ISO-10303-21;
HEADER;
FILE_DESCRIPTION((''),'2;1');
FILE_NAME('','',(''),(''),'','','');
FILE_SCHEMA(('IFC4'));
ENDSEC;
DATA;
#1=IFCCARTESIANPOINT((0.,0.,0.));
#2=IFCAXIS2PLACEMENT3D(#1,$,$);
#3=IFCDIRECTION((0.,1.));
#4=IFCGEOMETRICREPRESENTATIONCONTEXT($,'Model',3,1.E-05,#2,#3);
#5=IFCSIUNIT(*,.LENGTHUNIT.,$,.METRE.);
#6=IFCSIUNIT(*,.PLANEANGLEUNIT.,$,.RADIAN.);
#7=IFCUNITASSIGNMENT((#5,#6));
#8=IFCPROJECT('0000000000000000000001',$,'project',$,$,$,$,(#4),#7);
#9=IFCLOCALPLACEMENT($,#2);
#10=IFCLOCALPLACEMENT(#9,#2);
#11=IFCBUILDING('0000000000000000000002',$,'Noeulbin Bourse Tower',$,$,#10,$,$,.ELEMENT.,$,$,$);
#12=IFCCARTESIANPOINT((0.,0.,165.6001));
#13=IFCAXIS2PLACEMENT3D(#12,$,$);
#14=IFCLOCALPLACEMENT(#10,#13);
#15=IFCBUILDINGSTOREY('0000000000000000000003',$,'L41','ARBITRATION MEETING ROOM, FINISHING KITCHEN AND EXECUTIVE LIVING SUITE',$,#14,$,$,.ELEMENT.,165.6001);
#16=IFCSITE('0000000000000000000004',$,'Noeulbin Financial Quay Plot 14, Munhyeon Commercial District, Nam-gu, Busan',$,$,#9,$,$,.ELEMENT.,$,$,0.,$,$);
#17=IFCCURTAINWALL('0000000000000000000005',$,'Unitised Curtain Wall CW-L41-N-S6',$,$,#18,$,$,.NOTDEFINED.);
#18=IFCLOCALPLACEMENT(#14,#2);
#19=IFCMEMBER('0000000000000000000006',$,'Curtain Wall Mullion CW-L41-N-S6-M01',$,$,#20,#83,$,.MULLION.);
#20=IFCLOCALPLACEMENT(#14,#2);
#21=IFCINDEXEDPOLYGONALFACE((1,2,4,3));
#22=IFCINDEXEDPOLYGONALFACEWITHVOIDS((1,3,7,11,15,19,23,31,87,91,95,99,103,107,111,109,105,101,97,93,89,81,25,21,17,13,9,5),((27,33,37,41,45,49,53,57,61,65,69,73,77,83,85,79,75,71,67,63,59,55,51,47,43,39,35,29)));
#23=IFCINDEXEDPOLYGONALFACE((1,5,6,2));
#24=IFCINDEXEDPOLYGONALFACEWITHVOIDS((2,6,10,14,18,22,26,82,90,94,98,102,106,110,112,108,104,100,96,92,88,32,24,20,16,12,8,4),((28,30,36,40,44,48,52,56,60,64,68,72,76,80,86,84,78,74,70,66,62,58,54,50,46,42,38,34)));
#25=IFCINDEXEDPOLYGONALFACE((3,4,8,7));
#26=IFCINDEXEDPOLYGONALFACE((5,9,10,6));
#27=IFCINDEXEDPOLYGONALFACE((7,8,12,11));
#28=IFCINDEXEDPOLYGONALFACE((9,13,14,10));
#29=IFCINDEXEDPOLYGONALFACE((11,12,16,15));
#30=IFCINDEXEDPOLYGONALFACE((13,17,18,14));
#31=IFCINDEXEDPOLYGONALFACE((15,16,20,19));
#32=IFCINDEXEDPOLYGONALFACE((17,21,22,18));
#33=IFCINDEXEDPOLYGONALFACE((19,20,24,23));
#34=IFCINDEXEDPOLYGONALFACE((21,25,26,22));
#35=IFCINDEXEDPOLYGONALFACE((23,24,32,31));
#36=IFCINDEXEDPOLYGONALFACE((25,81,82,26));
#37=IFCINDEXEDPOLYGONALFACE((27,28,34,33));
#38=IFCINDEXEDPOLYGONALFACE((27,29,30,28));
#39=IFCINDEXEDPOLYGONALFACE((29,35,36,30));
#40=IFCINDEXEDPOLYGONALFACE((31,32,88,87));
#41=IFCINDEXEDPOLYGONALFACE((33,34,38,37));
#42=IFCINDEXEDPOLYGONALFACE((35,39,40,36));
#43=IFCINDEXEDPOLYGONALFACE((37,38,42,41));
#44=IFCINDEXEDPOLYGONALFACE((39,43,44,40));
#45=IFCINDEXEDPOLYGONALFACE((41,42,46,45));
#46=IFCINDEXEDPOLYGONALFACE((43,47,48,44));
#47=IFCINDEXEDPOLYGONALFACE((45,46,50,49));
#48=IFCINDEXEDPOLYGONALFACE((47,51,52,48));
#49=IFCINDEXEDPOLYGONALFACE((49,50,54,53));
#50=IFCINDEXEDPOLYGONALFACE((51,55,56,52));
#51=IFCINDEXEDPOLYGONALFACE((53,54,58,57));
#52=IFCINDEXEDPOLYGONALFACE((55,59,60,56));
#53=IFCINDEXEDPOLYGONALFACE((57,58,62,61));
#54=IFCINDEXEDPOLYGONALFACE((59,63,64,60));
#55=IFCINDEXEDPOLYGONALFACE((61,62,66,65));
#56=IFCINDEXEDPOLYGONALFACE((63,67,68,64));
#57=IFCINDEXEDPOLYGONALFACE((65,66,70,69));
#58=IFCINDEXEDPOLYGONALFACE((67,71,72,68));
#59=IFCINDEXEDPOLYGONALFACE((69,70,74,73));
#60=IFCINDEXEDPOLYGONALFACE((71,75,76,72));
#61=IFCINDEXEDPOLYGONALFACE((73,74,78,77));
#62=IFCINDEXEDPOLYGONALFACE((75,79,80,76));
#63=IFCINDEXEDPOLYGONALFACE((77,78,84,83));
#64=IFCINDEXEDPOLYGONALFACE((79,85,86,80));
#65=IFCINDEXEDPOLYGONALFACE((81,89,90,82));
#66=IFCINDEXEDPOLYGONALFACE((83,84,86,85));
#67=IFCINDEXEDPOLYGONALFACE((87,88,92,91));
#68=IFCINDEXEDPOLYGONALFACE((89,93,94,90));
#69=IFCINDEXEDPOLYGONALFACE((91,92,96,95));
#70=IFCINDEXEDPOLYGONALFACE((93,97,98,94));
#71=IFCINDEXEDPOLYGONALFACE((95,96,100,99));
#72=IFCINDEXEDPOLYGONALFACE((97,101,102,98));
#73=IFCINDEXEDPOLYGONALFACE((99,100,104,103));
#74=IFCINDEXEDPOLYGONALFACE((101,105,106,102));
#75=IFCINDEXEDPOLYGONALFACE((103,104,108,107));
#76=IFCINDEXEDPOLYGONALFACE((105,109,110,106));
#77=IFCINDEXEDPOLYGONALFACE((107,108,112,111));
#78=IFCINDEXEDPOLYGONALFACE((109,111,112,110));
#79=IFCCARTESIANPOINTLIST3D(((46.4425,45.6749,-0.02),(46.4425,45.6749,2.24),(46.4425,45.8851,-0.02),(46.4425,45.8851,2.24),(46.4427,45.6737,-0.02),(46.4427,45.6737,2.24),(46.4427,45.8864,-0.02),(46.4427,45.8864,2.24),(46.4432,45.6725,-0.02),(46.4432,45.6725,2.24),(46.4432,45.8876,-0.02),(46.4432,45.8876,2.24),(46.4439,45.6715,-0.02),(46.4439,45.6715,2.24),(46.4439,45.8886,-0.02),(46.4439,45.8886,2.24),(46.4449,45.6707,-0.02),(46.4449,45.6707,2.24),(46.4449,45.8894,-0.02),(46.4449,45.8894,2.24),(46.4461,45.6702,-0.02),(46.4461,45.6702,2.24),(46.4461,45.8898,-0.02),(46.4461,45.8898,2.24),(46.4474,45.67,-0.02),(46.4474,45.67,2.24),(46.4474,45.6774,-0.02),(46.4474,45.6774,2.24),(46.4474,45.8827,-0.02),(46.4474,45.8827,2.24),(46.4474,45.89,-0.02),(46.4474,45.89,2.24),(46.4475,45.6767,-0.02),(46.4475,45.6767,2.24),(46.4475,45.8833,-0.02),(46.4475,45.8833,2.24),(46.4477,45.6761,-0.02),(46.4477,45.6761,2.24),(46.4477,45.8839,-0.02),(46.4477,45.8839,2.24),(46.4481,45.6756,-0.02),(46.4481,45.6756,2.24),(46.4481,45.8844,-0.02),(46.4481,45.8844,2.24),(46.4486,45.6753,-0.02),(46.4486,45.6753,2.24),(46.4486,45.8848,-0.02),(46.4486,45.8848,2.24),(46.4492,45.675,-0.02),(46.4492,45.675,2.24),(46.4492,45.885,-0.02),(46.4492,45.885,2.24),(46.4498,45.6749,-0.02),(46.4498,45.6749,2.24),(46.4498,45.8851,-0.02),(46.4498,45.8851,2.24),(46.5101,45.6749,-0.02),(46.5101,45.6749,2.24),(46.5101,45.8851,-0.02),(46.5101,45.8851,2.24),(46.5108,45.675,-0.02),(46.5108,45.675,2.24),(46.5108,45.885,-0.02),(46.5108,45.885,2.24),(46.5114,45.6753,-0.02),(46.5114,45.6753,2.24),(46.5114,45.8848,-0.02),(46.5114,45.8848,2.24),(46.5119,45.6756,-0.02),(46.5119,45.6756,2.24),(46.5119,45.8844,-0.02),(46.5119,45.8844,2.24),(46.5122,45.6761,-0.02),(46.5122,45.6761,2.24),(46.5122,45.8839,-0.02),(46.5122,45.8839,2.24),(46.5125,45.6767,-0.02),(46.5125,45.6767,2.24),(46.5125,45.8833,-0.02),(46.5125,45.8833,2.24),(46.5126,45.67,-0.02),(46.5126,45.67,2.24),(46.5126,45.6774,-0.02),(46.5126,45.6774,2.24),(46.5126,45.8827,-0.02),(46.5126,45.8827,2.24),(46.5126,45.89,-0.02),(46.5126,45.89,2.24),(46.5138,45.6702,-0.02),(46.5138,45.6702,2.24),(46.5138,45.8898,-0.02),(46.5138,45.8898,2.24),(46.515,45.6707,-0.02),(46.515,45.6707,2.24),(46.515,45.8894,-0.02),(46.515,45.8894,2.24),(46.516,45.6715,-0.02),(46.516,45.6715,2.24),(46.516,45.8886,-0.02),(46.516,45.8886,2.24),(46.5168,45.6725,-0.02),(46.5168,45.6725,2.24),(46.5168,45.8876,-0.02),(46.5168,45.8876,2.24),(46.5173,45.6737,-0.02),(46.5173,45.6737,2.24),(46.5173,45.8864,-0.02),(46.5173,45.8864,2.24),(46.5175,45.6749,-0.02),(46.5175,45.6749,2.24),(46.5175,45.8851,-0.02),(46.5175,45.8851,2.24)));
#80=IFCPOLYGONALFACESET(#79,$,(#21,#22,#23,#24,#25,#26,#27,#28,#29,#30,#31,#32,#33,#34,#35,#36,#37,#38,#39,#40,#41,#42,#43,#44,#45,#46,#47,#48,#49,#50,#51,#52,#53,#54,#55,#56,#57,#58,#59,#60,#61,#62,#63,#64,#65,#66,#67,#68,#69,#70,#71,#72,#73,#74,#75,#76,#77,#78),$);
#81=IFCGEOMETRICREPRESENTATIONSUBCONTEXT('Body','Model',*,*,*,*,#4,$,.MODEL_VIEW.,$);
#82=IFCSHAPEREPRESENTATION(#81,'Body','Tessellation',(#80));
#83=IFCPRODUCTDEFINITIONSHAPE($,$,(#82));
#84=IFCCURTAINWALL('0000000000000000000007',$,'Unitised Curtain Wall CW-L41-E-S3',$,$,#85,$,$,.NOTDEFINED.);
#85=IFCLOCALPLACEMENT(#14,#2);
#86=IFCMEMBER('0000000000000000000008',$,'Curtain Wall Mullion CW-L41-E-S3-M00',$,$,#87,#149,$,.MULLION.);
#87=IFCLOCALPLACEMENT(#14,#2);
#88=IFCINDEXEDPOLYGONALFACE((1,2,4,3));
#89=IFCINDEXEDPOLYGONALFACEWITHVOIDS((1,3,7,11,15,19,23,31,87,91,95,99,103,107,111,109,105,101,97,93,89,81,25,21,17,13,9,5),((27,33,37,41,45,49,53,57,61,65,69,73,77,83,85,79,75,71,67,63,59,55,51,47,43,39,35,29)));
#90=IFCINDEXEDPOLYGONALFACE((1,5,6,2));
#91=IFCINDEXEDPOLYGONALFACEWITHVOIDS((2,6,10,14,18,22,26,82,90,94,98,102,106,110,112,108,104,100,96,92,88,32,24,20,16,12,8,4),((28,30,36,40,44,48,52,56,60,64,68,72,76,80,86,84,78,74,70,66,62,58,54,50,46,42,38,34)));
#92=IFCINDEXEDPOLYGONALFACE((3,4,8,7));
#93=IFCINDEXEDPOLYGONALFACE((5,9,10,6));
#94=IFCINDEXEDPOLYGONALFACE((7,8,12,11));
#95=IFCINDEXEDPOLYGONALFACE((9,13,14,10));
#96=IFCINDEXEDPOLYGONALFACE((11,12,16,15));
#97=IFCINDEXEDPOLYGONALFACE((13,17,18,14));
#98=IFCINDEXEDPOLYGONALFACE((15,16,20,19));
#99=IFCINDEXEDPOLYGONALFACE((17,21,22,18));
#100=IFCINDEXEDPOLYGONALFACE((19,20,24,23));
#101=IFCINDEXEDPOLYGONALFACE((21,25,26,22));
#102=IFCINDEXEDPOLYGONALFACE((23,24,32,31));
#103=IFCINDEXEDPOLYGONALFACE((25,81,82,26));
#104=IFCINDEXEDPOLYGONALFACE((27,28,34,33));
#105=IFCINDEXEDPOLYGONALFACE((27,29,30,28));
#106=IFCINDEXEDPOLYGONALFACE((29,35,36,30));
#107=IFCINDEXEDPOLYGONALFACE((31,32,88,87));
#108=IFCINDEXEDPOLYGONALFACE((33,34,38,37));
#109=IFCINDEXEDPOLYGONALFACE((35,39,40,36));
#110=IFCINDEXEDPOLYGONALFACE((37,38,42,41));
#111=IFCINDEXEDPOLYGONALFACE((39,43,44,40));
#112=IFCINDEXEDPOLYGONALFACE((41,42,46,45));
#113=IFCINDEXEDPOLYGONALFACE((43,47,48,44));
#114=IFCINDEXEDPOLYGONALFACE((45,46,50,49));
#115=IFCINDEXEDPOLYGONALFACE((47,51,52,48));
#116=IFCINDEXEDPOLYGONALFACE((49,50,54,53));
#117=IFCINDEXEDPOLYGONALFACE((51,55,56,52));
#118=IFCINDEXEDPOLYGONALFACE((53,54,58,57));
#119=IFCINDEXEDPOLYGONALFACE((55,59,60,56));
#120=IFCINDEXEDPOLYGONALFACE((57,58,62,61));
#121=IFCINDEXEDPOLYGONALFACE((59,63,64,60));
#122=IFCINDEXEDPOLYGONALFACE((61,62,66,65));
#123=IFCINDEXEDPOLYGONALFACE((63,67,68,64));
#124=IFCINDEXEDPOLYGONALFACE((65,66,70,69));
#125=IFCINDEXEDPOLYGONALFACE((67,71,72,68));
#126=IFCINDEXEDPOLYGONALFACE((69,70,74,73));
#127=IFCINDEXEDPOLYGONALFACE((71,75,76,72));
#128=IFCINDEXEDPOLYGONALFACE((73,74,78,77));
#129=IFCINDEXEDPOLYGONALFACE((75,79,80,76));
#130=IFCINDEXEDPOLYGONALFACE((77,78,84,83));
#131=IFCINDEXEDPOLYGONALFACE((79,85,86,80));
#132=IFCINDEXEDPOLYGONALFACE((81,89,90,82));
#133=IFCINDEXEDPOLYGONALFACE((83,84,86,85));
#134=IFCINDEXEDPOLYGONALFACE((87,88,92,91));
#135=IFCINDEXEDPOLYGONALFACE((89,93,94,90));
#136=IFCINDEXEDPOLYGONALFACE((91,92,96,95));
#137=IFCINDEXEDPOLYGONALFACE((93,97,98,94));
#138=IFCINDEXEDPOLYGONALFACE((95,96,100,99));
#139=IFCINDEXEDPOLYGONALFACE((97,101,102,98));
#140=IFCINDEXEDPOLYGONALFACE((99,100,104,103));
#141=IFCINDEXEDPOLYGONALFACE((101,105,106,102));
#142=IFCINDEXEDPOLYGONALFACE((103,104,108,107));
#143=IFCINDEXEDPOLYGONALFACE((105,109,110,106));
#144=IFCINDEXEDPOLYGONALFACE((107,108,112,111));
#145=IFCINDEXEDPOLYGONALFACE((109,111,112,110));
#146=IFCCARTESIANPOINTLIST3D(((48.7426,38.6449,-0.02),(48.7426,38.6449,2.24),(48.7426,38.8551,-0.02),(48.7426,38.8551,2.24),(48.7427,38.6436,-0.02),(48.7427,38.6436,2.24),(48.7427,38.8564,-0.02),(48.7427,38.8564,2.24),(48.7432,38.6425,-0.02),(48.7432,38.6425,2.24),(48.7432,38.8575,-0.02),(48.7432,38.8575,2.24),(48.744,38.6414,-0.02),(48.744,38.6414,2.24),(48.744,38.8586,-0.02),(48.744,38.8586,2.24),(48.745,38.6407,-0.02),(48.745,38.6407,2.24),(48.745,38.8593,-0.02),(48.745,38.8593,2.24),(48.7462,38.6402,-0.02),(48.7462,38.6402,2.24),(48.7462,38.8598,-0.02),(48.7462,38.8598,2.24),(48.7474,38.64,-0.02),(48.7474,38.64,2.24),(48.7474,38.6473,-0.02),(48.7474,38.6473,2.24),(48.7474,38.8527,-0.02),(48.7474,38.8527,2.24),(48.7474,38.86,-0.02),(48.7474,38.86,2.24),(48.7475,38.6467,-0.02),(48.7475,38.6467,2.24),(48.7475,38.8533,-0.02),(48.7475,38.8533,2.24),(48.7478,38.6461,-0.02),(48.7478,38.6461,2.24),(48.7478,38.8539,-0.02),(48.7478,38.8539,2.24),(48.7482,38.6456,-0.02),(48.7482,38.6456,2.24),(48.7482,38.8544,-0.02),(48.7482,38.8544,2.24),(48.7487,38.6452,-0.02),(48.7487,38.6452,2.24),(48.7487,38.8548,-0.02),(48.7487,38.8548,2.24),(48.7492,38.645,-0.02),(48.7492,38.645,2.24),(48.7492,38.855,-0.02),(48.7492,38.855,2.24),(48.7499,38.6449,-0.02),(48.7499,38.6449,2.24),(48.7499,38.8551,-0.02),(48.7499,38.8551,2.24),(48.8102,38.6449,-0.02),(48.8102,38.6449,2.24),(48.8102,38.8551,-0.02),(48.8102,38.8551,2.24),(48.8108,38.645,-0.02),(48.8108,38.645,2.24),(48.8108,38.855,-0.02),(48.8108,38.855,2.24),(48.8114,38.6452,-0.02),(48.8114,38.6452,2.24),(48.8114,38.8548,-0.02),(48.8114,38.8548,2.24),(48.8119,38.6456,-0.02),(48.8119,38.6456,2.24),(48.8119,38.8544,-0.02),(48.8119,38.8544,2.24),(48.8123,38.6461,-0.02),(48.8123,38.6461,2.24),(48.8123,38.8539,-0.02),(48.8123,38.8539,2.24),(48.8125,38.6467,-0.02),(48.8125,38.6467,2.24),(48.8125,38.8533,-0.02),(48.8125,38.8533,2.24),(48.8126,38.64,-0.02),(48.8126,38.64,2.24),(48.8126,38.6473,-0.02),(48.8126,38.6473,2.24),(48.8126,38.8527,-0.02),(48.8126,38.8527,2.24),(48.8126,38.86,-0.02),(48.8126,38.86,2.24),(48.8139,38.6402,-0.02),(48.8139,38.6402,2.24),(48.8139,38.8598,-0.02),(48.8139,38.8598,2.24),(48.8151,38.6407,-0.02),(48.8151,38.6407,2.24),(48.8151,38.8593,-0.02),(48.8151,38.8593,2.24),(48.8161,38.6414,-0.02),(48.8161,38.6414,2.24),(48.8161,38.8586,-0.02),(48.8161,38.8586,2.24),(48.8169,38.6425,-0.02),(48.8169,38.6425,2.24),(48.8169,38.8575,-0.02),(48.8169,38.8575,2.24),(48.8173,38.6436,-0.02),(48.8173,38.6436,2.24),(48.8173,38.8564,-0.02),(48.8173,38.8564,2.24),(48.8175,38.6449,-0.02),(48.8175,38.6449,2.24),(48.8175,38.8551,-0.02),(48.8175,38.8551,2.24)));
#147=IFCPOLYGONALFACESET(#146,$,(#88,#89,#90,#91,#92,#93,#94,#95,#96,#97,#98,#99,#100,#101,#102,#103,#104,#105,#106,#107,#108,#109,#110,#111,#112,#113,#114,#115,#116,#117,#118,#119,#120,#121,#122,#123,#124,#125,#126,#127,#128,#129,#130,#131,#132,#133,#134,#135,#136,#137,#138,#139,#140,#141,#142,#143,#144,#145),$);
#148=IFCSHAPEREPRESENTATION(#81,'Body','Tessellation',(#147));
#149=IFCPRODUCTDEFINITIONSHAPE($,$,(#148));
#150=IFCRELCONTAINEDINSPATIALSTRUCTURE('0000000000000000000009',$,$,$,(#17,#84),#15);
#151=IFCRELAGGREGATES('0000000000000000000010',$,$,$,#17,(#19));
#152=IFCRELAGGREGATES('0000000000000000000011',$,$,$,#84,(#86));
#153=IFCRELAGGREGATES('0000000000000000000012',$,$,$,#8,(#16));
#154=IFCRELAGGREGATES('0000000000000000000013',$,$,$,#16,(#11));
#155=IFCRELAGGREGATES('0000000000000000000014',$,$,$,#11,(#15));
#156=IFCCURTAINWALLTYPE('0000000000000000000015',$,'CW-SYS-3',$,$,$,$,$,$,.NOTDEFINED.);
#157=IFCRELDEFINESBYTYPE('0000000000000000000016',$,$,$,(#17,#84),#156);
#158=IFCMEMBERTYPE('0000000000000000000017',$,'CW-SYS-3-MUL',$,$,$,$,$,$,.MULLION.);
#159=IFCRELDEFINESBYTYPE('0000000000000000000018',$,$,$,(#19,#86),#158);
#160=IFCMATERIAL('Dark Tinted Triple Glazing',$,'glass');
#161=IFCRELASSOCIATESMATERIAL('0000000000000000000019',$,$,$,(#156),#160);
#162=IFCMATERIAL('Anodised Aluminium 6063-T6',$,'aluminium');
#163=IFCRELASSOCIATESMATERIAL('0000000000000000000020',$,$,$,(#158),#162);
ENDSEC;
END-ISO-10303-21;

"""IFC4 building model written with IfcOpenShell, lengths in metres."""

from ifc_helpers import new_model, si_unit, direction, frame, origin, origin_2d, place, context, subcontext, project, spatial, hollow_rectangle, extrude, material, material_profile, profile_set, type_object, element, aggregate, save


model = new_model("IFC4")

# Units and contexts
model_context = context("Model", 3, precision=1e-05, world=origin(), true_north=direction((0.0, 1.0)))
body_context = subcontext(model_context, "Body", "Model", "MODEL_VIEW")
ifc_project = project(units=[si_unit("LENGTHUNIT", "METRE"), si_unit("PLANEANGLEUNIT", "RADIAN")], contexts=[model_context])

# Site, building, storey
site_placement = place(None, origin())
site = spatial("IfcSite", under=ifc_project, at=site_placement, Name="Noeulbin Financial Quay Plot 14, Munhyeon Commercial District, Nam-gu, Busan", CompositionType="ELEMENT", RefElevation=0.0)
building_placement = place(site_placement, origin())
building = spatial("IfcBuilding", under=site, at=building_placement, Name="Noeulbin Bourse Tower", CompositionType="ELEMENT")
storey_placement = place(building_placement, frame((0.0, 0.0, 165.6001)))
storey = spatial("IfcBuildingStorey", under=building, at=storey_placement, Name="L41", Description="ARBITRATION MEETING ROOM, FINISHING KITCHEN AND EXECUTIVE LIVING SUITE", CompositionType="ELEMENT", Elevation=165.6001)

# Shared definitions
ifc_material_1 = material(Name="Dark Tinted Triple Glazing", Category="glass")
curtain_wall_type = type_object("IfcCurtainWallType", Name="CW-SYS-3", PredefinedType="NOTDEFINED", material=ifc_material_1)
ifc_material_2 = material(Name="Anodised Aluminium 6063-T6", Category="aluminium")
ifc_material_profile_1 = material_profile(ifc_material_2, hollow_rectangle(XDim=0.075, YDim=0.22, WallThickness=0.0049, InnerFilletRadius=0.0024, OuterFilletRadius=0.0049, at=origin_2d()), Name="ALU-MULL-75x220x5", Category="LoadBearing")
ifc_profile_set_1 = profile_set([ifc_material_profile_1], Name="Anodised Aluminium 6063-T6")
member_type_1 = type_object("IfcMemberType", Name="CW-SYS-3-MUL", PredefinedType="MULLION", material=ifc_profile_set_1)

# Curtain walls, members
curtain_wall_1_placement = place(storey_placement, origin())
curtain_wall_1 = element("IfcCurtainWall", 1, at=curtain_wall_1_placement, inside=storey, type_object=curtain_wall_type, Name="Unitised Curtain Wall CW-L41-N-S6", PredefinedType="NOTDEFINED")
member_1_placement = place(storey_placement, frame((46.48, 45.78, -0.02), z_axis=(0.0, 0.0, 1.0), x_axis=(1.0, 0.0, 0.0)))
member_1 = element("IfcMember", 2, at=member_1_placement, type_object=member_type_1, Name="Curtain Wall Mullion CW-L41-N-S6-M01", PredefinedType="MULLION", context=body_context, shape_type="SweptSolid", body=[
    extrude(hollow_rectangle(XDim=0.075, YDim=0.22, WallThickness=0.0049, InnerFilletRadius=0.0024, OuterFilletRadius=0.0049, at=origin_2d()), origin(), (0.0, 0.0, 1.0), 2.26),
])
curtain_wall_2_placement = place(storey_placement, origin())
curtain_wall_2 = element("IfcCurtainWall", 3, at=curtain_wall_2_placement, inside=storey, type_object=curtain_wall_type, Name="Unitised Curtain Wall CW-L41-E-S3", PredefinedType="NOTDEFINED")
member_2_placement = place(storey_placement, frame((48.78, 38.75, -0.02), z_axis=(0.0, 0.0, 1.0), x_axis=(1.0, 0.0, 0.0)))
member_2 = element("IfcMember", 4, at=member_2_placement, type_object=member_type_1, Name="Curtain Wall Mullion CW-L41-E-S3-M00", PredefinedType="MULLION", context=body_context, shape_type="SweptSolid", body=[
    extrude(hollow_rectangle(XDim=0.075, YDim=0.22, WallThickness=0.0049, InnerFilletRadius=0.0024, OuterFilletRadius=0.0049, at=origin_2d()), origin(), (0.0, 0.0, 1.0), 2.26),
])

aggregate(curtain_wall_1, [member_1])
aggregate(curtain_wall_2, [member_2])

save(model, "model.ifc")
